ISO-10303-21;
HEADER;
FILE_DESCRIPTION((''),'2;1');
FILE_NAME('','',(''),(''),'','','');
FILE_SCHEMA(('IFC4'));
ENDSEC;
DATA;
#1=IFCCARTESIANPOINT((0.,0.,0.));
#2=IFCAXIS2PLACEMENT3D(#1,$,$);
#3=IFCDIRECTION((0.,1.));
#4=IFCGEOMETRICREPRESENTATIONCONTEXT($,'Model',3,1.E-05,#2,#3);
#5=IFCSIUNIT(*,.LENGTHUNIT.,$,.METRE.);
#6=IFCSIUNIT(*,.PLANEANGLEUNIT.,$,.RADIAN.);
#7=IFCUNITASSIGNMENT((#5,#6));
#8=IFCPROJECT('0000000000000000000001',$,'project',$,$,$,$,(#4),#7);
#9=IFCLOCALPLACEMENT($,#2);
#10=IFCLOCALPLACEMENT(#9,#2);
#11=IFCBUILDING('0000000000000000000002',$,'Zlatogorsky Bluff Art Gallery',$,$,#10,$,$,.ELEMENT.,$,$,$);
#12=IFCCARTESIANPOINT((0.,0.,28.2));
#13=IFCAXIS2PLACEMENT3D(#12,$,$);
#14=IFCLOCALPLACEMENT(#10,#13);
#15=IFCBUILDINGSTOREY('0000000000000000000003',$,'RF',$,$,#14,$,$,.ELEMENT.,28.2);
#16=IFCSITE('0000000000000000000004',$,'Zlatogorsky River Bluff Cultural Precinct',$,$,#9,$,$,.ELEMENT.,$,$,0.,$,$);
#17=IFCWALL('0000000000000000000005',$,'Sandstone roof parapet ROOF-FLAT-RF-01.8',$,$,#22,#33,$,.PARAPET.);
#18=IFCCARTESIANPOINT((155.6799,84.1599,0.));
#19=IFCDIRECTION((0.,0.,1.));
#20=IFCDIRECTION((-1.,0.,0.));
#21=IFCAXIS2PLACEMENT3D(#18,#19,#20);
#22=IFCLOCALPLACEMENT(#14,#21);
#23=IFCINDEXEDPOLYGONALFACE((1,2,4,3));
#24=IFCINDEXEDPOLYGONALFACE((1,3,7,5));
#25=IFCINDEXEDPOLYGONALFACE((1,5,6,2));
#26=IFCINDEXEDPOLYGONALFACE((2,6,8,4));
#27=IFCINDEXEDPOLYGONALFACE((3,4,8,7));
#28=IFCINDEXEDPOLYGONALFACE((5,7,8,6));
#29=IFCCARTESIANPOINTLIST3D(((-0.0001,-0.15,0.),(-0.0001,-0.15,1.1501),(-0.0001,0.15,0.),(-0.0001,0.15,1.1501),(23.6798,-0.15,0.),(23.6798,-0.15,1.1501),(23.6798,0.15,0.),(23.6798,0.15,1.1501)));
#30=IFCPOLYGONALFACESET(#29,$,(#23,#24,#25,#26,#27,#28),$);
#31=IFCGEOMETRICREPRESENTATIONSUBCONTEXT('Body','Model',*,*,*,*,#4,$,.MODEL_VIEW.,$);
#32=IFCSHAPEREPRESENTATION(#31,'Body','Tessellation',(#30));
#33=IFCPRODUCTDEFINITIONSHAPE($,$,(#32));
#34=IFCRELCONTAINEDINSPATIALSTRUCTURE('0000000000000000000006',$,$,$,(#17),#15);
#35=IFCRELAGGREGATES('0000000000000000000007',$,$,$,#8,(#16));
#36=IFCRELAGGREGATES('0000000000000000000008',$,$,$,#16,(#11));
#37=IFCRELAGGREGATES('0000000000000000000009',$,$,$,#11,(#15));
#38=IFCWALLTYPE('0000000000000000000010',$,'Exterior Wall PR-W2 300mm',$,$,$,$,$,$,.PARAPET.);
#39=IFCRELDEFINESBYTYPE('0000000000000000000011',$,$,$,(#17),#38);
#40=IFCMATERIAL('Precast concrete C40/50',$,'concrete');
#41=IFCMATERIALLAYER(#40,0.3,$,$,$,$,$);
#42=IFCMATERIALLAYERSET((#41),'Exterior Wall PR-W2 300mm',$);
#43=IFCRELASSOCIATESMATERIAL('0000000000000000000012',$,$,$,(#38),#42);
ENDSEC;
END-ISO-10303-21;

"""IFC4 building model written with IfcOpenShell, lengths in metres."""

from ifc_helpers import new_model, si_unit, direction, frame, frame_2d, origin, place, context, subcontext, project, spatial, rectangle, extrude, material, layer, layer_set, type_object, element, save


model = new_model("IFC4")

# Units and contexts
model_context = context("Model", 3, precision=1e-05, world=origin(), true_north=direction((0.0, 1.0)))
body_context = subcontext(model_context, "Body", "Model", "MODEL_VIEW")
ifc_project = project(units=[si_unit("LENGTHUNIT", "METRE"), si_unit("PLANEANGLEUNIT", "RADIAN")], contexts=[model_context])

# Site, building, storey
site_placement = place(None, origin())
site = spatial("IfcSite", under=ifc_project, at=site_placement, Name="Zlatogorsky River Bluff Cultural Precinct", CompositionType="ELEMENT", RefElevation=0.0)
building_placement = place(site_placement, origin())
building = spatial("IfcBuilding", under=site, at=building_placement, Name="Zlatogorsky Bluff Art Gallery", CompositionType="ELEMENT")
storey_placement = place(building_placement, frame((0.0, 0.0, 28.2)))
storey = spatial("IfcBuildingStorey", under=building, at=storey_placement, Name="RF", CompositionType="ELEMENT", Elevation=28.2)

# Wall
ifc_material_1 = material(Name="Precast concrete C40/50", Category="concrete")
ifc_layer_1 = layer(ifc_material_1, 0.3)
ifc_layer_set_1 = layer_set([ifc_layer_1], Name="Exterior Wall PR-W2 300mm")
wall_type_1 = type_object("IfcWallType", Name="Exterior Wall PR-W2 300mm", PredefinedType="PARAPET", material=ifc_layer_set_1)
wall_1_placement = place(storey_placement, frame((155.6799, 84.1599, 0.0), z_axis=(0.0, 0.0, 1.0), x_axis=(-1.0, 0.0, 0.0)))
element("IfcWall", 1, at=wall_1_placement, inside=storey, type_object=wall_type_1, Name="Sandstone roof parapet ROOF-FLAT-RF-01.8", PredefinedType="PARAPET", context=body_context, shape_type="SweptSolid", body=[
    extrude(rectangle(XDim=23.6799, YDim=0.3, at=frame_2d((11.8398, 0.0))), origin(), (0.0, 0.0, 1.0), 1.1501),
])

save(model, "model.ifc")
